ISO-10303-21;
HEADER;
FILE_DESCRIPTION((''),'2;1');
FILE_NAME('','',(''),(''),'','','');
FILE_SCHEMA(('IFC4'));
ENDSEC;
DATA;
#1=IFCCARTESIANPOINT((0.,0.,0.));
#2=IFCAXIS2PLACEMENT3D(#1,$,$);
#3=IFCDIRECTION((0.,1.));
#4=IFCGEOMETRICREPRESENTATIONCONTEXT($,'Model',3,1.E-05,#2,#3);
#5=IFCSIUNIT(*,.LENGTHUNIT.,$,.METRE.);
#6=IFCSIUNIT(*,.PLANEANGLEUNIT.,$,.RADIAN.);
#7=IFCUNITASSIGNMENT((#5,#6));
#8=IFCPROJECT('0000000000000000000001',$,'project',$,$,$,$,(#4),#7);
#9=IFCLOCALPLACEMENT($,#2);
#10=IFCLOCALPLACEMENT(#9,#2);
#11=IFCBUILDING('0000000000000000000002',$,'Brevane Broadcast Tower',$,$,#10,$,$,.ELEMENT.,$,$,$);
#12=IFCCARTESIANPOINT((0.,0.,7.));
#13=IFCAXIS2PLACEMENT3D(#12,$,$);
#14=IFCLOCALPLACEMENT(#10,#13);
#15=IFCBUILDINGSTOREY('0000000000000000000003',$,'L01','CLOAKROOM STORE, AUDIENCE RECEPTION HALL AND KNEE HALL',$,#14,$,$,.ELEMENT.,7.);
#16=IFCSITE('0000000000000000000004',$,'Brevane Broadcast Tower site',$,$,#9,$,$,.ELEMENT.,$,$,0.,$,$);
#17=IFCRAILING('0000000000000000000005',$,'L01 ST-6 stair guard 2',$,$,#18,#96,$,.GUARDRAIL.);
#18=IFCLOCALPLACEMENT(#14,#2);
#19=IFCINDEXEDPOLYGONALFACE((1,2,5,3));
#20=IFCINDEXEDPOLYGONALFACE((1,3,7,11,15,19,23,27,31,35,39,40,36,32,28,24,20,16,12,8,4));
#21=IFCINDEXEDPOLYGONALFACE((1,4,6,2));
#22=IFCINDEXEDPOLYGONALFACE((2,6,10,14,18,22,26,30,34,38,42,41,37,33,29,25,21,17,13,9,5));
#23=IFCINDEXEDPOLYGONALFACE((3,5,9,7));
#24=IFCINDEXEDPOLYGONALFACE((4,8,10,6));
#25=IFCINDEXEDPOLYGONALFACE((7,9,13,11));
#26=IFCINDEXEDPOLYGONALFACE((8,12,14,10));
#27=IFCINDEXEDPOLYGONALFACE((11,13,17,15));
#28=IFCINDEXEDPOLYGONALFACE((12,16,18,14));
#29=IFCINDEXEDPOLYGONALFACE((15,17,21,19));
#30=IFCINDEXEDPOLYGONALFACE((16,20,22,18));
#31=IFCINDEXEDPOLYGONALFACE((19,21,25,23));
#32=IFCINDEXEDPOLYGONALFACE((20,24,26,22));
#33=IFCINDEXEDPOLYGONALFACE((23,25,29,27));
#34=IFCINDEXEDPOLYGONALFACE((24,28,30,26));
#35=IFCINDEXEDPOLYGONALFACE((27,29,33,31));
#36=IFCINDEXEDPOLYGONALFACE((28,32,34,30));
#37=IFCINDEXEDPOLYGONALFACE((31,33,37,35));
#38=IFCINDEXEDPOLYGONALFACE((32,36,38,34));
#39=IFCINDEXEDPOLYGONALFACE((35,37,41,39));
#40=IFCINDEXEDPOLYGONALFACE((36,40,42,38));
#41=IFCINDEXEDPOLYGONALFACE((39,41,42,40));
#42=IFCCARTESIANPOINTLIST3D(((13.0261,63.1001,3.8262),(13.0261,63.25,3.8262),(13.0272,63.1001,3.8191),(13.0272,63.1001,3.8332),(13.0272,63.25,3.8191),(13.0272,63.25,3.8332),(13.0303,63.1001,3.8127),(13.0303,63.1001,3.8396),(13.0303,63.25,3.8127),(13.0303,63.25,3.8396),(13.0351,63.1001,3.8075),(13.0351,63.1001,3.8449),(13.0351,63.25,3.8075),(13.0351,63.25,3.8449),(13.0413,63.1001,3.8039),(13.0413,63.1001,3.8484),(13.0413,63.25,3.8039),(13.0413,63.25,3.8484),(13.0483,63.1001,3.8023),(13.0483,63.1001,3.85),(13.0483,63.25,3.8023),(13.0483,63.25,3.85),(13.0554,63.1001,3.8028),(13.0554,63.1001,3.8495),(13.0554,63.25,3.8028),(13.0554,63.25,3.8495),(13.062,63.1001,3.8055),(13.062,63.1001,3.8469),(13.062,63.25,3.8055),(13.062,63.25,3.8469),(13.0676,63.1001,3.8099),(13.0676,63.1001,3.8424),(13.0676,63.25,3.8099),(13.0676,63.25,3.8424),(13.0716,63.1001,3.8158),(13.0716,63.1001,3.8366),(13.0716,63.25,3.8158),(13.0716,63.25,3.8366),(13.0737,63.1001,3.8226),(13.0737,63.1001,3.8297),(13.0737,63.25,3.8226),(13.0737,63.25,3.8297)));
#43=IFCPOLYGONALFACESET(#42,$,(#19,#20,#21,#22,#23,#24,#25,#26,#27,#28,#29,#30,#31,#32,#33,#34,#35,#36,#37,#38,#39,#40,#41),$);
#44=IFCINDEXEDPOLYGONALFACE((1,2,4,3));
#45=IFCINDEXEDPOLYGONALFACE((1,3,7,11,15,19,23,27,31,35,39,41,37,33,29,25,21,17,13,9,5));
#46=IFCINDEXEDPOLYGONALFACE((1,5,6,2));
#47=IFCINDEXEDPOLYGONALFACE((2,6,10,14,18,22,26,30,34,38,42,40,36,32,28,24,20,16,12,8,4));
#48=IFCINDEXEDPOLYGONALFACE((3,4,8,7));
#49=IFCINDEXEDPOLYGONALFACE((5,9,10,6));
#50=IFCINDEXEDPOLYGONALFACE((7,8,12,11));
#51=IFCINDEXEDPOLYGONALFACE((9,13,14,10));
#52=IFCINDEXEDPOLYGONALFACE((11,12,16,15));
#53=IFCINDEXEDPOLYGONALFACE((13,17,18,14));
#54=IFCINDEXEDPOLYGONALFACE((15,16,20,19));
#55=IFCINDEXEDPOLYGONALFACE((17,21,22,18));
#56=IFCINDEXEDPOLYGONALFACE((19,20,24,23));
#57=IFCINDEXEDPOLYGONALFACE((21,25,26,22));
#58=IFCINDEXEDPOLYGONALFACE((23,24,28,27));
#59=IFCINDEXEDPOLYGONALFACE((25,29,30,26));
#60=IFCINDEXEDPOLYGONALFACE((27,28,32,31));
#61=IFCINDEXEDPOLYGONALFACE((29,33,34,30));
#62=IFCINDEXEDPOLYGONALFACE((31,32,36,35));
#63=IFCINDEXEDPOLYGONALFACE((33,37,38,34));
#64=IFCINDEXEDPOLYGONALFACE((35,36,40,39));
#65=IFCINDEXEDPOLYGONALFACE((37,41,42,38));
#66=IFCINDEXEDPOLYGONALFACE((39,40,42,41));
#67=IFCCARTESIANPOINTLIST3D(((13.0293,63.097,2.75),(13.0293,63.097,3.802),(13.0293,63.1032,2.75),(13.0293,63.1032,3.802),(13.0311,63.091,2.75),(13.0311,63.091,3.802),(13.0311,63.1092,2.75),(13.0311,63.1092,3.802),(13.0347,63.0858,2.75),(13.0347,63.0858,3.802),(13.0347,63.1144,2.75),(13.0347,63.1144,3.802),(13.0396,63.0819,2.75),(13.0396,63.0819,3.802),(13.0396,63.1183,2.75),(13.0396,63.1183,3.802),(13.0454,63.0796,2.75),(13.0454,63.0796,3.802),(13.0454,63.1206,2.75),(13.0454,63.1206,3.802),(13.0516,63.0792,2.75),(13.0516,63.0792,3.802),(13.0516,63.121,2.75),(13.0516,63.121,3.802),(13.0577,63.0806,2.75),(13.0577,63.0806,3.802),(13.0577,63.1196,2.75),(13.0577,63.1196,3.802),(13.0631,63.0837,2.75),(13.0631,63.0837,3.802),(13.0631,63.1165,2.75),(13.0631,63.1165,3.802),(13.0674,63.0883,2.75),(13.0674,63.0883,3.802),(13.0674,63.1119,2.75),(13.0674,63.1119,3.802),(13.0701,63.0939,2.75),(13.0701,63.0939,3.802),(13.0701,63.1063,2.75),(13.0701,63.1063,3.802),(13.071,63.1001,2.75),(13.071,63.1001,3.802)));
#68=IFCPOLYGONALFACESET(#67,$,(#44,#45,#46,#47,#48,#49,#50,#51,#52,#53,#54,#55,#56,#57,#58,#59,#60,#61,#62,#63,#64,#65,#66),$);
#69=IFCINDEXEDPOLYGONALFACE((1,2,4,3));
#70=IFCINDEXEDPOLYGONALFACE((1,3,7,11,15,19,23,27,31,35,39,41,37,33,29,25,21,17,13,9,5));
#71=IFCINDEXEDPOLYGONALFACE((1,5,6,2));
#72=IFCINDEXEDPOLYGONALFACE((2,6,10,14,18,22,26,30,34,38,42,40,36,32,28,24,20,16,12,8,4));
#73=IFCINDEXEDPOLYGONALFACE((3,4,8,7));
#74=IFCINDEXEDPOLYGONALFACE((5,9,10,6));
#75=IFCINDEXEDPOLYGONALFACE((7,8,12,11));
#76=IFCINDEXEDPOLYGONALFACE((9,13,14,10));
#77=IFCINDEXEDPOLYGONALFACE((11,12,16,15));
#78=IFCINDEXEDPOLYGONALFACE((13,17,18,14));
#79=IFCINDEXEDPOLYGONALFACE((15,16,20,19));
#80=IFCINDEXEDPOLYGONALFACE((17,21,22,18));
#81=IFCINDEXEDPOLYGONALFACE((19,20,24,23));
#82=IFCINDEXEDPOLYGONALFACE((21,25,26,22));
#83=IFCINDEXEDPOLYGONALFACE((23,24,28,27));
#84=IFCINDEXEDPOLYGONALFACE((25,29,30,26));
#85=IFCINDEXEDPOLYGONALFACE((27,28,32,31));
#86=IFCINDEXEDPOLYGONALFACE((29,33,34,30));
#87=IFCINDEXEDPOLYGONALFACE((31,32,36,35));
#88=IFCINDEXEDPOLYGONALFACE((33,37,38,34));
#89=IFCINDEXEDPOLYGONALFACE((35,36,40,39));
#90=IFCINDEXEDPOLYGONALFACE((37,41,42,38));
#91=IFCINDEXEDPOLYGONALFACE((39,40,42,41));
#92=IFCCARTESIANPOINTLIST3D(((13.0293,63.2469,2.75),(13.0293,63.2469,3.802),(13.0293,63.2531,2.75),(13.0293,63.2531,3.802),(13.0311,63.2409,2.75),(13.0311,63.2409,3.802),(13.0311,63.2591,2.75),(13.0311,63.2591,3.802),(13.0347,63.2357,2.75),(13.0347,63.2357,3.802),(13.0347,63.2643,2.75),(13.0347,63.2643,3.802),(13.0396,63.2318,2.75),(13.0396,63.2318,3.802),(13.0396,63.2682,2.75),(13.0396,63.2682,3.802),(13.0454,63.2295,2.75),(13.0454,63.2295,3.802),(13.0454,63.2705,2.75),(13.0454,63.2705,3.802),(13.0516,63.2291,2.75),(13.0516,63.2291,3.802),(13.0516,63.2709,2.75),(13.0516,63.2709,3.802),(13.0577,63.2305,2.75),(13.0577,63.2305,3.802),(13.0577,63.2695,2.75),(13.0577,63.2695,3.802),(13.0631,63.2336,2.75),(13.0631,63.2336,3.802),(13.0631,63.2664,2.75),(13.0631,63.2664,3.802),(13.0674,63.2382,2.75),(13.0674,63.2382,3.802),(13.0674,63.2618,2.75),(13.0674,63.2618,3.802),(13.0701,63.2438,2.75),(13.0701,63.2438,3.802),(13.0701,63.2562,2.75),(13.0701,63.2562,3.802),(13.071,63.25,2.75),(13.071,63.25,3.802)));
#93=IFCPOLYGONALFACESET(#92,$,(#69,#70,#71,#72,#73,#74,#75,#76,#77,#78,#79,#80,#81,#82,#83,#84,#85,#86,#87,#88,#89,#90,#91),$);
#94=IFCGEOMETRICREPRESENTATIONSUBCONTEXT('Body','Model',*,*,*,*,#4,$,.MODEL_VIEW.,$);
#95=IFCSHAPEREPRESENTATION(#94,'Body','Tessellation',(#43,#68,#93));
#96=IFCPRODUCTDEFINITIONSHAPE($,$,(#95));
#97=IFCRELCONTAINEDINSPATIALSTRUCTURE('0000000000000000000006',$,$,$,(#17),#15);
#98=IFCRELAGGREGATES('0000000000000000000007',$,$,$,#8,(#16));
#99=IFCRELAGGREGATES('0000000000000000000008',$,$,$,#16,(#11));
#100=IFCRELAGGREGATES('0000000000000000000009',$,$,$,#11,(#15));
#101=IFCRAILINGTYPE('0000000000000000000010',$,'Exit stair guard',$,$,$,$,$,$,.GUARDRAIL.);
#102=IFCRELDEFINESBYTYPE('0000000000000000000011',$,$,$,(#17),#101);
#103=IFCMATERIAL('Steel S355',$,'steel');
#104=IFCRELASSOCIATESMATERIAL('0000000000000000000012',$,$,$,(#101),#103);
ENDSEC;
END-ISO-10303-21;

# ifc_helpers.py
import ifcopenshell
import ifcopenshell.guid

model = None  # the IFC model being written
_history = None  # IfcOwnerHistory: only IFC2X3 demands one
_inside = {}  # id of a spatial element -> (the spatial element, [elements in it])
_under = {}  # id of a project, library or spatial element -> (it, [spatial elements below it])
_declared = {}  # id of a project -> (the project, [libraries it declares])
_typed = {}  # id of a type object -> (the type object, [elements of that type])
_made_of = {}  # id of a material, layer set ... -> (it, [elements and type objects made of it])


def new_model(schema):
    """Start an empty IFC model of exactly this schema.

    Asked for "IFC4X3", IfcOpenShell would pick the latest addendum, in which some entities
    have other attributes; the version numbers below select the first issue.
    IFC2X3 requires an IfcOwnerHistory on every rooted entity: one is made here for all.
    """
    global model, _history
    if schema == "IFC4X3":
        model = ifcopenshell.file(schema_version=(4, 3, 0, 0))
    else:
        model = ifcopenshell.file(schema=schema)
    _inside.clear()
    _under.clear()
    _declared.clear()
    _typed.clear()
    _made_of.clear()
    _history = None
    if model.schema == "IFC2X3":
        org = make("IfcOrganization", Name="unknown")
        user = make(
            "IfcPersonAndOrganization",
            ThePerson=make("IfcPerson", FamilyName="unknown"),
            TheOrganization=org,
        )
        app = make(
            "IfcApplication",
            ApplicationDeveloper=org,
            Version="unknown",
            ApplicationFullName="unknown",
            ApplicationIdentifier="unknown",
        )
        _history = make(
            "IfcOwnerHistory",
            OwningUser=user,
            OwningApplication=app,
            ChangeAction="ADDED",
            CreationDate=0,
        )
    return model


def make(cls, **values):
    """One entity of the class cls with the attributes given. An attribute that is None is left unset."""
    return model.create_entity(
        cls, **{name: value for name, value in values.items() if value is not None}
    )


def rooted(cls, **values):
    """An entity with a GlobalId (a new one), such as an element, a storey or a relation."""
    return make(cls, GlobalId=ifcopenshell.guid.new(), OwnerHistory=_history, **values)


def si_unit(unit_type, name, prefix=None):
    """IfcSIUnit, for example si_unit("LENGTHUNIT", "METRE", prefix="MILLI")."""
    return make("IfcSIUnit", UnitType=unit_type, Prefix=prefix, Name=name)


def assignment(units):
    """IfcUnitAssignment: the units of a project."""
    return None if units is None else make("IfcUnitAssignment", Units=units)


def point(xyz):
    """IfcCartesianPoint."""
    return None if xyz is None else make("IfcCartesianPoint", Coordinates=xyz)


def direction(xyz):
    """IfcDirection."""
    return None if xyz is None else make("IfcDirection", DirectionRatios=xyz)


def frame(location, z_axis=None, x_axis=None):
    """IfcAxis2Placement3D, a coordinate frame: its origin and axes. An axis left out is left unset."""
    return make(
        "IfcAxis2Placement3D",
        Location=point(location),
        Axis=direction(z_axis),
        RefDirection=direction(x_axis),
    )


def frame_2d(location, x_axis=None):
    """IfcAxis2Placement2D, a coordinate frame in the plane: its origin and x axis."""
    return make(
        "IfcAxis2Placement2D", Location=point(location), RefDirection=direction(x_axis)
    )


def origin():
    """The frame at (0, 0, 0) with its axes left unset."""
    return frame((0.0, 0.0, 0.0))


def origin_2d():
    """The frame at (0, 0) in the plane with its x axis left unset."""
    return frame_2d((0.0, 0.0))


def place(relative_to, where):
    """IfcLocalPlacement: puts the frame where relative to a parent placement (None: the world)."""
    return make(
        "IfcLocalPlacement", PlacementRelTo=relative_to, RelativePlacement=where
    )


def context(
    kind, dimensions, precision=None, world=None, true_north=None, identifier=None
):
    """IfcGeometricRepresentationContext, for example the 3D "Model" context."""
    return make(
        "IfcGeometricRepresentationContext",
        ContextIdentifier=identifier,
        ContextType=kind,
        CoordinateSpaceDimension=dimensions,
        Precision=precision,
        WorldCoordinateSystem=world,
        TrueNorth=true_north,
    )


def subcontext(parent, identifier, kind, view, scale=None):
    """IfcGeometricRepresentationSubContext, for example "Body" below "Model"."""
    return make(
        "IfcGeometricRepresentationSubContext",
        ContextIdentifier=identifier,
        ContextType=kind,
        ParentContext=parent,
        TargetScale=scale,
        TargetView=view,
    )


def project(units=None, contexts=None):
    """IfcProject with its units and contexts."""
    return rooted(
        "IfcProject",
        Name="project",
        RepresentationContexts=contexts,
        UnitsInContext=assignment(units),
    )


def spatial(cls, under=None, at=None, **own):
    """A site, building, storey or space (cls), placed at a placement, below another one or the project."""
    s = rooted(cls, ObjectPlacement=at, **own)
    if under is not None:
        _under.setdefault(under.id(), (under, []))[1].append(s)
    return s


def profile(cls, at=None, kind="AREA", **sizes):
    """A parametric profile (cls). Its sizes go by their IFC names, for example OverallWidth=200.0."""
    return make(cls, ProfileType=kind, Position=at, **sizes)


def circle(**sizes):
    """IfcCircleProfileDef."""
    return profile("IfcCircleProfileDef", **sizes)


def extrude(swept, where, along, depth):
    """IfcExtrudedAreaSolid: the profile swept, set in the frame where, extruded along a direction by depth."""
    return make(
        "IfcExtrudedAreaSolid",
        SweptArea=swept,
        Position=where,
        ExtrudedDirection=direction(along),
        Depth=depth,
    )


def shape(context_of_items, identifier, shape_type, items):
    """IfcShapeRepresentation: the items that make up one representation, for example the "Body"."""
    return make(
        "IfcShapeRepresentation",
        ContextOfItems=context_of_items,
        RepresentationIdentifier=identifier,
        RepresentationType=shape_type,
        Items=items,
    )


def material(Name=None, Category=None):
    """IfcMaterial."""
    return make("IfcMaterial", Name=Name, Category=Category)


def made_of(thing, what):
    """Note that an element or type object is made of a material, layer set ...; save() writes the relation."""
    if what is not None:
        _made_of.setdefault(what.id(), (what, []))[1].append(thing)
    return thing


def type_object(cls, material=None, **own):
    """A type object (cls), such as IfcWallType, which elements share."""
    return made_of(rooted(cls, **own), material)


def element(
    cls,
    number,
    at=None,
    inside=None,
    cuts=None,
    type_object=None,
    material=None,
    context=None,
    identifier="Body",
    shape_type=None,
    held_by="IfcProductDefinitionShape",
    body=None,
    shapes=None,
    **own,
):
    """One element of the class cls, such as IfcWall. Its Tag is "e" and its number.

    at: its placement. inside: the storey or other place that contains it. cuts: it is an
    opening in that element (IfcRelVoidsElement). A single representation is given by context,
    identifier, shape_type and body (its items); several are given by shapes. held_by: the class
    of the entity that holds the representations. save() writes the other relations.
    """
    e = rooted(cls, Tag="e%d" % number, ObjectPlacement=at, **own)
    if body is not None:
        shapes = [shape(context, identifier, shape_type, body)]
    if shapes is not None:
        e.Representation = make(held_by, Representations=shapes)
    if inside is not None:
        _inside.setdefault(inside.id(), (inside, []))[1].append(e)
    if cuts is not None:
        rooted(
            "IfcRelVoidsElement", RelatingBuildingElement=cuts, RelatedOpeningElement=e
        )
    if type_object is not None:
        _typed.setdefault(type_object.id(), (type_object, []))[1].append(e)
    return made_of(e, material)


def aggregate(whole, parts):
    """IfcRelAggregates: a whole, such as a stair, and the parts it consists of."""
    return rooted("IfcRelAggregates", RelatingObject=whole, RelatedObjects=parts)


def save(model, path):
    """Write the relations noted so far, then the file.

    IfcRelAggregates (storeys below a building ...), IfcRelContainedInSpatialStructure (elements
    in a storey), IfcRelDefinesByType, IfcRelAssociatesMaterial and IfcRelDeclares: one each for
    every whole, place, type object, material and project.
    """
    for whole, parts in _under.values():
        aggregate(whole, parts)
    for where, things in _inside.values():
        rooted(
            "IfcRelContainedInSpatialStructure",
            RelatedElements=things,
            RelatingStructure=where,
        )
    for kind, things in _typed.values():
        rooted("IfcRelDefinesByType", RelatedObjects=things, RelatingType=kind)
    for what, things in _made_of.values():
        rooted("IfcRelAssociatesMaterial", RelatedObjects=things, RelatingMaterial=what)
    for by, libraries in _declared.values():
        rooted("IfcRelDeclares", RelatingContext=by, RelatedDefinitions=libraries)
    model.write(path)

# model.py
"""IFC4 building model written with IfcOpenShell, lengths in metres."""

from ifc_helpers import new_model, si_unit, direction, frame, origin, origin_2d, place, context, subcontext, project, spatial, circle, extrude, material, type_object, element, save


model = new_model("IFC4")

# Units and contexts
model_context = context("Model", 3, precision=1e-05, world=origin(), true_north=direction((0.0, 1.0)))
body_context = subcontext(model_context, "Body", "Model", "MODEL_VIEW")
ifc_project = project(units=[si_unit("LENGTHUNIT", "METRE"), si_unit("PLANEANGLEUNIT", "RADIAN")], contexts=[model_context])

# Site, building, storey
site_placement = place(None, origin())
site = spatial("IfcSite", under=ifc_project, at=site_placement, Name="Brevane Broadcast Tower site", CompositionType="ELEMENT", RefElevation=0.0)
building_placement = place(site_placement, origin())
building = spatial("IfcBuilding", under=site, at=building_placement, Name="Brevane Broadcast Tower", CompositionType="ELEMENT")
storey_placement = place(building_placement, frame((0.0, 0.0, 7.0)))
storey = spatial("IfcBuildingStorey", under=building, at=storey_placement, Name="L01", Description="CLOAKROOM STORE, AUDIENCE RECEPTION HALL AND KNEE HALL", CompositionType="ELEMENT", Elevation=7.0)

# Railing
ifc_material_1 = material(Name="Steel S355", Category="steel")
railing_type_1 = type_object("IfcRailingType", Name="Exit stair guard", PredefinedType="GUARDRAIL", material=ifc_material_1)
railing_1_placement = place(storey_placement, frame((13.05, 63.1001, 2.75)))
element("IfcRailing", 1, at=railing_1_placement, inside=storey, type_object=railing_type_1, Name="L01 ST-6 stair guard 2", PredefinedType="GUARDRAIL", context=body_context, shape_type="SweptSolid", body=[
    extrude(circle(Radius=0.0239, at=origin_2d()), frame((0.0, 0.0, 1.0762), z_axis=(0.0, 1.0, 0.0), x_axis=(-1.0, 0.0, 0.0)), (0.0, 0.0, 1.0), 0.1499),
    extrude(circle(Radius=0.021, at=origin_2d()), origin(), (0.0, 0.0, 1.0), 1.052),
    extrude(circle(Radius=0.021, at=origin_2d()), frame((0.0, 0.1499, 0.0)), (0.0, 0.0, 1.0), 1.052),
])

save(model, "model.ifc")
